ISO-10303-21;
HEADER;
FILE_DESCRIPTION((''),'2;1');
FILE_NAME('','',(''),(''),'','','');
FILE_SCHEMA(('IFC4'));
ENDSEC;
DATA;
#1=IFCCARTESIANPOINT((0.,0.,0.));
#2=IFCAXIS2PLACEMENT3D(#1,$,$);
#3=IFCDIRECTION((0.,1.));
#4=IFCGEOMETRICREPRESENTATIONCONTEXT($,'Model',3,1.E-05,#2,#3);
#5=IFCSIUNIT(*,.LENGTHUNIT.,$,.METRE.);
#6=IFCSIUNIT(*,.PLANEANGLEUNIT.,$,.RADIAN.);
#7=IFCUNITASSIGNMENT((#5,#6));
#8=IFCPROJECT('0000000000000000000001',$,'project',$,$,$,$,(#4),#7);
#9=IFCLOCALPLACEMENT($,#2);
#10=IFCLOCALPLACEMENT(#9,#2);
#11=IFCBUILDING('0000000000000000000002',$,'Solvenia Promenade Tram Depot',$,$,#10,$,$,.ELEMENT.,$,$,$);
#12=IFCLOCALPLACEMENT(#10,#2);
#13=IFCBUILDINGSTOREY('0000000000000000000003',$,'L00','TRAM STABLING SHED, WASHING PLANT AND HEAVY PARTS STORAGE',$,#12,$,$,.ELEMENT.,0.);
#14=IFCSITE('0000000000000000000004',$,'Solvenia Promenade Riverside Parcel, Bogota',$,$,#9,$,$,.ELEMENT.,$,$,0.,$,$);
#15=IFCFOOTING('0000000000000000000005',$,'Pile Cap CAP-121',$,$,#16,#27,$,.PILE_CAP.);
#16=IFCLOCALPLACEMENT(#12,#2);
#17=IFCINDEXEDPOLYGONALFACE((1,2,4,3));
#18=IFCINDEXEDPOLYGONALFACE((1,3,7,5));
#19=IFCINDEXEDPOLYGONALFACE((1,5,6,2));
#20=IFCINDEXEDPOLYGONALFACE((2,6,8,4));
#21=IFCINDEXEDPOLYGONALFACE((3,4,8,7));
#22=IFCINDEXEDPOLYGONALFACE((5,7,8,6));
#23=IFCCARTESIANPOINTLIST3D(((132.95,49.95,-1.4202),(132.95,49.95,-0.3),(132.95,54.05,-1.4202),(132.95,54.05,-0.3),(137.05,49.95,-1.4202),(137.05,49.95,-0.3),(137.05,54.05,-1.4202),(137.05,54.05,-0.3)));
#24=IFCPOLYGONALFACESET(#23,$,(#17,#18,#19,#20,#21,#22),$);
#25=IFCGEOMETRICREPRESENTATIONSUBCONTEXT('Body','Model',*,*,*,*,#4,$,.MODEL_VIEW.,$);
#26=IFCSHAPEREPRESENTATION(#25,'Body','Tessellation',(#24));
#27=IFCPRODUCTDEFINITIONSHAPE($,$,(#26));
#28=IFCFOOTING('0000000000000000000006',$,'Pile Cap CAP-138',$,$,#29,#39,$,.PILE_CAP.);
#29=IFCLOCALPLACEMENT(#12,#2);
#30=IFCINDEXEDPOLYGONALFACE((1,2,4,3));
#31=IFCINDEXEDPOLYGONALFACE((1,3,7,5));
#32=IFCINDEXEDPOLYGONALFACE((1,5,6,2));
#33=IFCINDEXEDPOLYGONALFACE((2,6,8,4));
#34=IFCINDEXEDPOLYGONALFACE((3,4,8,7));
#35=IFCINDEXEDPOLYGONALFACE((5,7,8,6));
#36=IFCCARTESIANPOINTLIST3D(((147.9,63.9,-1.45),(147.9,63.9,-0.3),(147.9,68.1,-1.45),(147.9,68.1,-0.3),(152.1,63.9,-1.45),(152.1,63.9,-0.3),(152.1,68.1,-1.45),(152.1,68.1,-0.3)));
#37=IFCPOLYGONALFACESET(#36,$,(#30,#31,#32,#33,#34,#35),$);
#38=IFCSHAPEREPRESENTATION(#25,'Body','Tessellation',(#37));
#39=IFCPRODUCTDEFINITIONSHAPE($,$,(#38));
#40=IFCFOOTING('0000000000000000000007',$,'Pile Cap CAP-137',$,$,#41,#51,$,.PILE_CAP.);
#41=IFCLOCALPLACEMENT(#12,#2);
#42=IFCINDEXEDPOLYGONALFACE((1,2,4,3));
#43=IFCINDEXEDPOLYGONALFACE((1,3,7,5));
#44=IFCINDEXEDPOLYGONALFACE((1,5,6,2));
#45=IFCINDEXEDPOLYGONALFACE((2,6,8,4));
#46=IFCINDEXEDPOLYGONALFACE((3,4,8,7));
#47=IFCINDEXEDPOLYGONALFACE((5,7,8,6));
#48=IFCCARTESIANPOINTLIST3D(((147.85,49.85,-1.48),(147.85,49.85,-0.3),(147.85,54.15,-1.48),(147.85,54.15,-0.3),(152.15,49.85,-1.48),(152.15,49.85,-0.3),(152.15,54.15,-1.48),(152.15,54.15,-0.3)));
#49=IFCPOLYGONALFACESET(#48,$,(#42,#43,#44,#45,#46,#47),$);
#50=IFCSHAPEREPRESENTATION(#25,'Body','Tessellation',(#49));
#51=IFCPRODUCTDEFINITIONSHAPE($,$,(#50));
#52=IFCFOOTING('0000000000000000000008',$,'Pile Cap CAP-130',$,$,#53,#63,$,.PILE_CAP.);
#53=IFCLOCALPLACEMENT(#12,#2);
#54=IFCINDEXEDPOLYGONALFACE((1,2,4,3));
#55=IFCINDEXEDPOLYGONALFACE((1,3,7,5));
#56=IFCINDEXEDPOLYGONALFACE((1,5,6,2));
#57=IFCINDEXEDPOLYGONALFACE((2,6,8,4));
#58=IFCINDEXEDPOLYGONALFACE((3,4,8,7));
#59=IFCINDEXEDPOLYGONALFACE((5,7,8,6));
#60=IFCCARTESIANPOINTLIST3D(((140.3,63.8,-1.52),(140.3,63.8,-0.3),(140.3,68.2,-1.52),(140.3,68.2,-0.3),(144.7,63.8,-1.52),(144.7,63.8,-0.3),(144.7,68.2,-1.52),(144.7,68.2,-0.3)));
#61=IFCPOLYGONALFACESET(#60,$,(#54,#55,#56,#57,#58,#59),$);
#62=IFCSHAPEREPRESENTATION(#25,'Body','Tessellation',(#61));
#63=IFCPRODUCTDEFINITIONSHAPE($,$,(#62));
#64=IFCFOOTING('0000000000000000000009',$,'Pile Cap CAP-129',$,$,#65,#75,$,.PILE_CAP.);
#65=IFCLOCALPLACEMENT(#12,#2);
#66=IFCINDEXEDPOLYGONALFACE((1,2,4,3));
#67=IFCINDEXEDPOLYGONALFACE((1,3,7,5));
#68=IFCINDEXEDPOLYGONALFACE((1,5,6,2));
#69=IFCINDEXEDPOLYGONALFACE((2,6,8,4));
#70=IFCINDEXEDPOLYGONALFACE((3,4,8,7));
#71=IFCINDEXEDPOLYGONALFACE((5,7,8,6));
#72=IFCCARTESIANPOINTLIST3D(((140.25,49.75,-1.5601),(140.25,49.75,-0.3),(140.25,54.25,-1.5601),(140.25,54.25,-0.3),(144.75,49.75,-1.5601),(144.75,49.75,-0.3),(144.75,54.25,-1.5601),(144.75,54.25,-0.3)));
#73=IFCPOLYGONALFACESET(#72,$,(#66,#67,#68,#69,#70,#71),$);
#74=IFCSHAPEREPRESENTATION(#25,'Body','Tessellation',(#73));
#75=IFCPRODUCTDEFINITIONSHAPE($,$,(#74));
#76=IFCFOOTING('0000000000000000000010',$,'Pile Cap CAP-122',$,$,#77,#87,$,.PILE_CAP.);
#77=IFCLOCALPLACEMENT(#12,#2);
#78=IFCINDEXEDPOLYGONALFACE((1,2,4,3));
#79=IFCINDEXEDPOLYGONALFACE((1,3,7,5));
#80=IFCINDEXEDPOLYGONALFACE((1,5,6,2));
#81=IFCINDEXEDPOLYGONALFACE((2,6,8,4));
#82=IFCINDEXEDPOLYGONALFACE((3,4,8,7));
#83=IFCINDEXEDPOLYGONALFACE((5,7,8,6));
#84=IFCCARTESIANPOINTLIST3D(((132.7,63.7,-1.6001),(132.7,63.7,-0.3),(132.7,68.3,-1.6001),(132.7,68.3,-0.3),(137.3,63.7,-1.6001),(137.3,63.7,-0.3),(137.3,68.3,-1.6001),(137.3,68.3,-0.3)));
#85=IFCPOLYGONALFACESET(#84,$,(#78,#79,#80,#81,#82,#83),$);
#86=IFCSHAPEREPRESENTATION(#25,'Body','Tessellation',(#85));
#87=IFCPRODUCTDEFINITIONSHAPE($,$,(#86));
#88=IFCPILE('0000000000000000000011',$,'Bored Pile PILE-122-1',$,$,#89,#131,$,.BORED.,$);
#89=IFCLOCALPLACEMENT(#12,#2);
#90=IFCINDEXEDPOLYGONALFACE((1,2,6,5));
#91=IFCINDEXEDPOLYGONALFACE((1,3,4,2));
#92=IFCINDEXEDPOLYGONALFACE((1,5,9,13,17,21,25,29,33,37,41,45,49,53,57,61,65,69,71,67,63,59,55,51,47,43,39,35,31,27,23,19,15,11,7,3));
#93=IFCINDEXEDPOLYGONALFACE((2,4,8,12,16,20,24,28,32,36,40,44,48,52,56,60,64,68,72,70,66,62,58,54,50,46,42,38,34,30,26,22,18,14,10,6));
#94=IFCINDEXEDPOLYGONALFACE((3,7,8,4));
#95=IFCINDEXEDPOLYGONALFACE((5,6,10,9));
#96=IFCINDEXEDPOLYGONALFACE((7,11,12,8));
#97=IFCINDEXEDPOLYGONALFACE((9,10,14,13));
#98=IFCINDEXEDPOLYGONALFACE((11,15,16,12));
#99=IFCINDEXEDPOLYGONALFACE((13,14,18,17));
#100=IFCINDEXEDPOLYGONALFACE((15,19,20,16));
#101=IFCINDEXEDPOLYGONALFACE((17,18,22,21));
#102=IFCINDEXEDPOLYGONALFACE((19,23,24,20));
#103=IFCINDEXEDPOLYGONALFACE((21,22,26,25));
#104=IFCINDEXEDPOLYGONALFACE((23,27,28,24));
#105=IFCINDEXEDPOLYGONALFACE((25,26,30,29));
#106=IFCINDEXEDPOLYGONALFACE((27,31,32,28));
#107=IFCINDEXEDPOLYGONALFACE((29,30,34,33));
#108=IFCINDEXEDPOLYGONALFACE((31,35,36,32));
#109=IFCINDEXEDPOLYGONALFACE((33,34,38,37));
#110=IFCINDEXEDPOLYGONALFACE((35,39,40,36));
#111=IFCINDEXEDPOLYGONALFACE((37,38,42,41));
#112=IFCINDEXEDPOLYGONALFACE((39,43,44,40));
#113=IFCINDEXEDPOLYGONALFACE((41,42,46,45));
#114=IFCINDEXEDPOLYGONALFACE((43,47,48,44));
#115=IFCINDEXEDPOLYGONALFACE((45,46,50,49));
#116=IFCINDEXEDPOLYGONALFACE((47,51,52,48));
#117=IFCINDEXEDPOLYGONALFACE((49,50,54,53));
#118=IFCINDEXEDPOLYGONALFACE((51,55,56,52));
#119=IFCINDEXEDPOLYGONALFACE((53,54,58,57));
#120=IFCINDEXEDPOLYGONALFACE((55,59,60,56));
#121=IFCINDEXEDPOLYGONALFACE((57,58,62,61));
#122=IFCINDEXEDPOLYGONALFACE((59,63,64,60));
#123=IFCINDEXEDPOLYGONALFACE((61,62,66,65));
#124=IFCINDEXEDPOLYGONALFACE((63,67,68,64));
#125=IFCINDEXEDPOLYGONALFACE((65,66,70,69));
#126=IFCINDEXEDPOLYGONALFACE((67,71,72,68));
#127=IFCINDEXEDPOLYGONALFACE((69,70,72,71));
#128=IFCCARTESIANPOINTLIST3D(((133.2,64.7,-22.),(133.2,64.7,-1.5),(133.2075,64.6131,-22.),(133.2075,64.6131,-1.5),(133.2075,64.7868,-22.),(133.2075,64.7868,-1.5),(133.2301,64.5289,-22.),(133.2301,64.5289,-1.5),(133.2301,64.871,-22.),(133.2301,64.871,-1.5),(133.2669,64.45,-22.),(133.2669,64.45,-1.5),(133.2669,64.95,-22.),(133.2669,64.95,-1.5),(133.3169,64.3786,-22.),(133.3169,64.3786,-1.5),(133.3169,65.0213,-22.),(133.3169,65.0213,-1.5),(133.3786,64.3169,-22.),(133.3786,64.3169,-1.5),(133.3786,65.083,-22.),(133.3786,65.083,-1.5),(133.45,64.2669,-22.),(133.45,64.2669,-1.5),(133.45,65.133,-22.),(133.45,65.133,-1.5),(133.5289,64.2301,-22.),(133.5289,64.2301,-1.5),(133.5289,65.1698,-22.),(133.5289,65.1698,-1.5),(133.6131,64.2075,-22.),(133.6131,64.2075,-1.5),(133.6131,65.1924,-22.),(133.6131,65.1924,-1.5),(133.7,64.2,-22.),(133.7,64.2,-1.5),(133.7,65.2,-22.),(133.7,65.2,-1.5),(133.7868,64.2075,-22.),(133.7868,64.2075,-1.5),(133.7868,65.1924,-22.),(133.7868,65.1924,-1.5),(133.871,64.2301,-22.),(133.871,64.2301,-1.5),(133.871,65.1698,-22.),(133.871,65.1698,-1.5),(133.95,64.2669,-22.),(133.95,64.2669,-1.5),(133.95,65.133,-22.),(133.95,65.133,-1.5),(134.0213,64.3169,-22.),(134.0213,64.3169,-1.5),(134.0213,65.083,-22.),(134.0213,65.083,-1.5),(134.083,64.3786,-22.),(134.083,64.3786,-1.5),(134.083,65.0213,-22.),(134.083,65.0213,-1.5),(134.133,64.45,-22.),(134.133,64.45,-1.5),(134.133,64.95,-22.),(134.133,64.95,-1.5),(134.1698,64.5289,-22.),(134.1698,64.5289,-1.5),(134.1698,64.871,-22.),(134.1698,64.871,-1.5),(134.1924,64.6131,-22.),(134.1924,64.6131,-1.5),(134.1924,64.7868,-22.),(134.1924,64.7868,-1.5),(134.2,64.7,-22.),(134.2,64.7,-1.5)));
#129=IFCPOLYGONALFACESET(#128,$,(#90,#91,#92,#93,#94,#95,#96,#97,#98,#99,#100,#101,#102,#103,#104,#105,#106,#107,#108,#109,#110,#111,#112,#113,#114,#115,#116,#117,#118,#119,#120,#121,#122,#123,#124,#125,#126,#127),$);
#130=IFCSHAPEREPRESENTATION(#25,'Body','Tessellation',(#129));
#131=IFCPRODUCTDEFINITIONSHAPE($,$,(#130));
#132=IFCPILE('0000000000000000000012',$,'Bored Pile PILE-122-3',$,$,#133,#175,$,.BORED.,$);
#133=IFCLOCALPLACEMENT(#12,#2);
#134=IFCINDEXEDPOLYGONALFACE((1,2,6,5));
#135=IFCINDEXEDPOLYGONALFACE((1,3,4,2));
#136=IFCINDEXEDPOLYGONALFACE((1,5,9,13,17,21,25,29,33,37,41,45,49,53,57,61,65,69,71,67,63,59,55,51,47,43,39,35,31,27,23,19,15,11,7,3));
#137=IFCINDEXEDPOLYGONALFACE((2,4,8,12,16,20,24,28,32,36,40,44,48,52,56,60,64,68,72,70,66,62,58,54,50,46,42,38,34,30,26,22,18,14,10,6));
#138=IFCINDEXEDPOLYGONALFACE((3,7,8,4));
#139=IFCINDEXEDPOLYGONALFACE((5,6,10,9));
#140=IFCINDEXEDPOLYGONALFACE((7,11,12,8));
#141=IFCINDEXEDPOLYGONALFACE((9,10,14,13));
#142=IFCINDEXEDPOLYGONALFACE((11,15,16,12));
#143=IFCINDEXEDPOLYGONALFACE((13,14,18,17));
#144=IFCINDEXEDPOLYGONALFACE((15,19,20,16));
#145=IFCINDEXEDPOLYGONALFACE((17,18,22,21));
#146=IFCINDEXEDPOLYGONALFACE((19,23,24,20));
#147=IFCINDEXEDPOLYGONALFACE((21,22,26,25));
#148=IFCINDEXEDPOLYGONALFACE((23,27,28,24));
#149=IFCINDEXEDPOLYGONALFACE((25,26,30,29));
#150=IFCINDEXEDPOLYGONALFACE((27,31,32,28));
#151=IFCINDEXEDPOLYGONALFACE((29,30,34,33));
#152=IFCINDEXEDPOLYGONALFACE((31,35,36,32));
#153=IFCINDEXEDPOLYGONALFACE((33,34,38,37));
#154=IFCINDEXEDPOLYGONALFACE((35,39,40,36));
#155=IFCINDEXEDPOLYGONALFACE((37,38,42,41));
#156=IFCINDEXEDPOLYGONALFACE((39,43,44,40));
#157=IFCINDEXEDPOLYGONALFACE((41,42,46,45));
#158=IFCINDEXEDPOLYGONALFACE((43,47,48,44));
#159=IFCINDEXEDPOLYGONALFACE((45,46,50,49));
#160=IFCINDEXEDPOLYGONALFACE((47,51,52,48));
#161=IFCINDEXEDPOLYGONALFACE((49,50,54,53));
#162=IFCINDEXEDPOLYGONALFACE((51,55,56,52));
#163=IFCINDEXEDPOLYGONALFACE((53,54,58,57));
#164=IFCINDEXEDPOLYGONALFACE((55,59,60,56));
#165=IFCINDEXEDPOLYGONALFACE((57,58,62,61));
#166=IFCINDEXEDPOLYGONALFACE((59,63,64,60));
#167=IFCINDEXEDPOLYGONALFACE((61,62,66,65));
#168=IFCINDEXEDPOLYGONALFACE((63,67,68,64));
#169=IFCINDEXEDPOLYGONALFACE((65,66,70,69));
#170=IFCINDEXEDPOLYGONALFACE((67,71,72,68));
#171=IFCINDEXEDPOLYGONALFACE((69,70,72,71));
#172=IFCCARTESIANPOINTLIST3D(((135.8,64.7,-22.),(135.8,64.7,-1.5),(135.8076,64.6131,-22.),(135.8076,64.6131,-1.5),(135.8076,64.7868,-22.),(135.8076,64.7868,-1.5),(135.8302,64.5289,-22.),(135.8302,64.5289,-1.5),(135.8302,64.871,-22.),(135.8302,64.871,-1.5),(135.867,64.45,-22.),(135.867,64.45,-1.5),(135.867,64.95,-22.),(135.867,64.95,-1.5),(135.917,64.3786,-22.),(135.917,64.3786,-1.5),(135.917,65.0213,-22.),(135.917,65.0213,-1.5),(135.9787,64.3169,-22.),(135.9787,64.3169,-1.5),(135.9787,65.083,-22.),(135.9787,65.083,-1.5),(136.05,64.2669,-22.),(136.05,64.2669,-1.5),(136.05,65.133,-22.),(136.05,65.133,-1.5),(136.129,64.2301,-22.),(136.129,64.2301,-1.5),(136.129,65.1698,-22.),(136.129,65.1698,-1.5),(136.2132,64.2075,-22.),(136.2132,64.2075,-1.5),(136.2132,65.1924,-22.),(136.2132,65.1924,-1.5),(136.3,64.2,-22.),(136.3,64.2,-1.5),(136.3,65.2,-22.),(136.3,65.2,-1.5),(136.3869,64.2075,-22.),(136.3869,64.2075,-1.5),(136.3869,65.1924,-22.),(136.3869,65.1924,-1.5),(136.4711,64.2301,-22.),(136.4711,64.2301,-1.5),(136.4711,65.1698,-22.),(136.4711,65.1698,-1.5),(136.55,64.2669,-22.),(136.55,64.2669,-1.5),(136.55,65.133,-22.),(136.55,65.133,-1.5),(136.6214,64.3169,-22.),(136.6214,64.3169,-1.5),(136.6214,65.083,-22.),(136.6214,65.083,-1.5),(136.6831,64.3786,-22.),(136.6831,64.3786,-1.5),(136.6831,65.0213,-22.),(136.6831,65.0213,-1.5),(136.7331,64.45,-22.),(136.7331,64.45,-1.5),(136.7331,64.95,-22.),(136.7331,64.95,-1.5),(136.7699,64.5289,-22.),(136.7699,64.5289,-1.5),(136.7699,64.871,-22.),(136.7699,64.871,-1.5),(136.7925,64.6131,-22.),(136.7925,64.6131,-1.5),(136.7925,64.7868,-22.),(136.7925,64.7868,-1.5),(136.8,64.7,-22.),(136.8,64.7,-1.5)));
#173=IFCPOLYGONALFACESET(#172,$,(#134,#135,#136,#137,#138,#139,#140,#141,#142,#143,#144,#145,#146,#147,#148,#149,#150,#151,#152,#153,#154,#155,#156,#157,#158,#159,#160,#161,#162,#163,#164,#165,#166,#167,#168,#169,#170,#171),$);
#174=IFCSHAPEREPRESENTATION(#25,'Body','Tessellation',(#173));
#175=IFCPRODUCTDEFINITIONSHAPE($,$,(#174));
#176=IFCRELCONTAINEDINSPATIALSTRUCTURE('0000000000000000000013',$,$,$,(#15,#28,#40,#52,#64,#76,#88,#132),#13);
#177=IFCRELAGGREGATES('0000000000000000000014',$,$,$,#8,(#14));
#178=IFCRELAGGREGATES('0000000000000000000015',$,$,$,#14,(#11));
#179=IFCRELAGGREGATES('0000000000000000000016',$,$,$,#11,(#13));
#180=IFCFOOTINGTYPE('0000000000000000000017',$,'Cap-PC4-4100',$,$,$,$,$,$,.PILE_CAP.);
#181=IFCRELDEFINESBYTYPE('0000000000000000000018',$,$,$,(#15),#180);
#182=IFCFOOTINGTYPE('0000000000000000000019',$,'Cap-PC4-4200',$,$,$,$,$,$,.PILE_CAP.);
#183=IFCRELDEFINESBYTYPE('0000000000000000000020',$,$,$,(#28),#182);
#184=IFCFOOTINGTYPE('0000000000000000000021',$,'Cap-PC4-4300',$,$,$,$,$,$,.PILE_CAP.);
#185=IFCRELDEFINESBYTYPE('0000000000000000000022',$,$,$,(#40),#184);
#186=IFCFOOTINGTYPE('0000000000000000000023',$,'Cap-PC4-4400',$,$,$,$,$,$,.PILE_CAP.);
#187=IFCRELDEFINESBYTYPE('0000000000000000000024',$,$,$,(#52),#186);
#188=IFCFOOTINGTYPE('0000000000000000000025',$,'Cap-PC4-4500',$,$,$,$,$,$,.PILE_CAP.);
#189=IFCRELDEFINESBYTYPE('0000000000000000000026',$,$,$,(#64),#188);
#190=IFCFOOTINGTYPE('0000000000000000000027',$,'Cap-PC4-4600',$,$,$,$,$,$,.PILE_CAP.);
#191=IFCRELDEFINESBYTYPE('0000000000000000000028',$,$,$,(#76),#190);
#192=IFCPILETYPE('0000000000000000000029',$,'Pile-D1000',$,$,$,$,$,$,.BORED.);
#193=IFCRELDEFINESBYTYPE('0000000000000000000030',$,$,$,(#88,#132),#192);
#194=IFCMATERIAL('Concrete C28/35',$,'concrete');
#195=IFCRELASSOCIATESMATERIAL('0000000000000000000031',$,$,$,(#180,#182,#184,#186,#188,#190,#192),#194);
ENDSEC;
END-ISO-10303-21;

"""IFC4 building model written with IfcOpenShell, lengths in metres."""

from ifc_helpers import new_model, si_unit, direction, frame, origin, origin_2d, place, context, subcontext, project, spatial, rectangle, circle, extrude, material, material_profile, profile_set, type_object, element, save


model = new_model("IFC4")

# Units and contexts
model_context = context("Model", 3, precision=1e-05, world=origin(), true_north=direction((0.0, 1.0)))
body_context = subcontext(model_context, "Body", "Model", "MODEL_VIEW")
ifc_project = project(units=[si_unit("LENGTHUNIT", "METRE"), si_unit("PLANEANGLEUNIT", "RADIAN")], contexts=[model_context])

# Site, building, storey
site_placement = place(None, origin())
site = spatial("IfcSite", under=ifc_project, at=site_placement, Name="Solvenia Promenade Riverside Parcel, Bogota", CompositionType="ELEMENT", RefElevation=0.0)
building_placement = place(site_placement, origin())
building = spatial("IfcBuilding", under=site, at=building_placement, Name="Solvenia Promenade Tram Depot", CompositionType="ELEMENT")
storey_placement = place(building_placement, origin())
storey = spatial("IfcBuildingStorey", under=building, at=storey_placement, Name="L00", Description="TRAM STABLING SHED, WASHING PLANT AND HEAVY PARTS STORAGE", CompositionType="ELEMENT", Elevation=0.0)

# Footings
ifc_material_1 = material(Name="Concrete C28/35", Category="concrete")
footing_type_1 = type_object("IfcFootingType", Name="Cap-PC4-4100", PredefinedType="PILE_CAP", material=ifc_material_1)
footing_1_placement = place(storey_placement, frame((135.0, 52.0, -1.4202), z_axis=(0.0, 0.0, 1.0), x_axis=(1.0, 0.0, 0.0)))
element("IfcFooting", 1, at=footing_1_placement, inside=storey, type_object=footing_type_1, Name="Pile Cap CAP-121", PredefinedType="PILE_CAP", context=body_context, shape_type="SweptSolid", body=[
    extrude(rectangle(XDim=4.1001, YDim=4.1001, at=origin_2d()), origin(), (0.0, 0.0, 1.0), 1.1201),
])
footing_type_2 = type_object("IfcFootingType", Name="Cap-PC4-4200", PredefinedType="PILE_CAP", material=ifc_material_1)
footing_2_placement = place(storey_placement, frame((150.0, 66.0, -1.45), z_axis=(0.0, 0.0, 1.0), x_axis=(1.0, 0.0, 0.0)))
element("IfcFooting", 2, at=footing_2_placement, inside=storey, type_object=footing_type_2, Name="Pile Cap CAP-138", PredefinedType="PILE_CAP", context=body_context, shape_type="SweptSolid", body=[
    extrude(rectangle(XDim=4.2, YDim=4.2, at=origin_2d()), origin(), (0.0, 0.0, 1.0), 1.1499),
])
footing_type_3 = type_object("IfcFootingType", Name="Cap-PC4-4300", PredefinedType="PILE_CAP", material=ifc_material_1)
footing_3_placement = place(storey_placement, frame((150.0, 52.0, -1.48), z_axis=(0.0, 0.0, 1.0), x_axis=(1.0, 0.0, 0.0)))
element("IfcFooting", 3, at=footing_3_placement, inside=storey, type_object=footing_type_3, Name="Pile Cap CAP-137", PredefinedType="PILE_CAP", context=body_context, shape_type="SweptSolid", body=[
    extrude(rectangle(XDim=4.3, YDim=4.3, at=origin_2d()), origin(), (0.0, 0.0, 1.0), 1.1799),
])
footing_type_4 = type_object("IfcFootingType", Name="Cap-PC4-4400", PredefinedType="PILE_CAP", material=ifc_material_1)
footing_4_placement = place(storey_placement, frame((142.5, 66.0, -1.52), z_axis=(0.0, 0.0, 1.0), x_axis=(1.0, 0.0, 0.0)))
element("IfcFooting", 4, at=footing_4_placement, inside=storey, type_object=footing_type_4, Name="Pile Cap CAP-130", PredefinedType="PILE_CAP", context=body_context, shape_type="SweptSolid", body=[
    extrude(rectangle(XDim=4.3999, YDim=4.3999, at=origin_2d()), origin(), (0.0, 0.0, 1.0), 1.22),
])
footing_type_5 = type_object("IfcFootingType", Name="Cap-PC4-4500", PredefinedType="PILE_CAP", material=ifc_material_1)
footing_5_placement = place(storey_placement, frame((142.5, 52.0, -1.5601), z_axis=(0.0, 0.0, 1.0), x_axis=(1.0, 0.0, 0.0)))
element("IfcFooting", 5, at=footing_5_placement, inside=storey, type_object=footing_type_5, Name="Pile Cap CAP-129", PredefinedType="PILE_CAP", context=body_context, shape_type="SweptSolid", body=[
    extrude(rectangle(XDim=4.5, YDim=4.5, at=origin_2d()), origin(), (0.0, 0.0, 1.0), 1.26),
])
footing_type_6 = type_object("IfcFootingType", Name="Cap-PC4-4600", PredefinedType="PILE_CAP", material=ifc_material_1)
footing_6_placement = place(storey_placement, frame((135.0, 66.0, -1.6001), z_axis=(0.0, 0.0, 1.0), x_axis=(1.0, 0.0, 0.0)))
element("IfcFooting", 6, at=footing_6_placement, inside=storey, type_object=footing_type_6, Name="Pile Cap CAP-122", PredefinedType="PILE_CAP", context=body_context, shape_type="SweptSolid", body=[
    extrude(rectangle(XDim=4.6001, YDim=4.6001, at=origin_2d()), origin(), (0.0, 0.0, 1.0), 1.3),
])

# Piles
ifc_material_profile_1 = material_profile(ifc_material_1, circle(Radius=0.5, at=origin_2d()), Name="D1000", Category="concrete")
ifc_profile_set_1 = profile_set([ifc_material_profile_1], Name="Concrete C28/35")
pile_type_1 = type_object("IfcPileType", Name="Pile-D1000", PredefinedType="BORED", material=ifc_profile_set_1)
for number, where, z_axis, x_axis, name in (
    (7, (133.7, 64.7, -1.5), (0.0, 0.0, -1.0), (1.0, 0.0, 0.0), "Bored Pile PILE-122-1"),
    (8, (136.3, 64.7, -1.5), (0.0, 0.0, -1.0), (1.0, 0.0, 0.0), "Bored Pile PILE-122-3"),
):
    element("IfcPile", number, at=place(storey_placement, frame(where, z_axis=z_axis, x_axis=x_axis)), inside=storey, type_object=pile_type_1, Name=name, PredefinedType="BORED", context=body_context, shape_type="SweptSolid", body=[
        extrude(circle(Radius=0.5, at=origin_2d()), origin(), (0.0, 0.0, 1.0), 20.5),
    ])

save(model, "model.ifc")
